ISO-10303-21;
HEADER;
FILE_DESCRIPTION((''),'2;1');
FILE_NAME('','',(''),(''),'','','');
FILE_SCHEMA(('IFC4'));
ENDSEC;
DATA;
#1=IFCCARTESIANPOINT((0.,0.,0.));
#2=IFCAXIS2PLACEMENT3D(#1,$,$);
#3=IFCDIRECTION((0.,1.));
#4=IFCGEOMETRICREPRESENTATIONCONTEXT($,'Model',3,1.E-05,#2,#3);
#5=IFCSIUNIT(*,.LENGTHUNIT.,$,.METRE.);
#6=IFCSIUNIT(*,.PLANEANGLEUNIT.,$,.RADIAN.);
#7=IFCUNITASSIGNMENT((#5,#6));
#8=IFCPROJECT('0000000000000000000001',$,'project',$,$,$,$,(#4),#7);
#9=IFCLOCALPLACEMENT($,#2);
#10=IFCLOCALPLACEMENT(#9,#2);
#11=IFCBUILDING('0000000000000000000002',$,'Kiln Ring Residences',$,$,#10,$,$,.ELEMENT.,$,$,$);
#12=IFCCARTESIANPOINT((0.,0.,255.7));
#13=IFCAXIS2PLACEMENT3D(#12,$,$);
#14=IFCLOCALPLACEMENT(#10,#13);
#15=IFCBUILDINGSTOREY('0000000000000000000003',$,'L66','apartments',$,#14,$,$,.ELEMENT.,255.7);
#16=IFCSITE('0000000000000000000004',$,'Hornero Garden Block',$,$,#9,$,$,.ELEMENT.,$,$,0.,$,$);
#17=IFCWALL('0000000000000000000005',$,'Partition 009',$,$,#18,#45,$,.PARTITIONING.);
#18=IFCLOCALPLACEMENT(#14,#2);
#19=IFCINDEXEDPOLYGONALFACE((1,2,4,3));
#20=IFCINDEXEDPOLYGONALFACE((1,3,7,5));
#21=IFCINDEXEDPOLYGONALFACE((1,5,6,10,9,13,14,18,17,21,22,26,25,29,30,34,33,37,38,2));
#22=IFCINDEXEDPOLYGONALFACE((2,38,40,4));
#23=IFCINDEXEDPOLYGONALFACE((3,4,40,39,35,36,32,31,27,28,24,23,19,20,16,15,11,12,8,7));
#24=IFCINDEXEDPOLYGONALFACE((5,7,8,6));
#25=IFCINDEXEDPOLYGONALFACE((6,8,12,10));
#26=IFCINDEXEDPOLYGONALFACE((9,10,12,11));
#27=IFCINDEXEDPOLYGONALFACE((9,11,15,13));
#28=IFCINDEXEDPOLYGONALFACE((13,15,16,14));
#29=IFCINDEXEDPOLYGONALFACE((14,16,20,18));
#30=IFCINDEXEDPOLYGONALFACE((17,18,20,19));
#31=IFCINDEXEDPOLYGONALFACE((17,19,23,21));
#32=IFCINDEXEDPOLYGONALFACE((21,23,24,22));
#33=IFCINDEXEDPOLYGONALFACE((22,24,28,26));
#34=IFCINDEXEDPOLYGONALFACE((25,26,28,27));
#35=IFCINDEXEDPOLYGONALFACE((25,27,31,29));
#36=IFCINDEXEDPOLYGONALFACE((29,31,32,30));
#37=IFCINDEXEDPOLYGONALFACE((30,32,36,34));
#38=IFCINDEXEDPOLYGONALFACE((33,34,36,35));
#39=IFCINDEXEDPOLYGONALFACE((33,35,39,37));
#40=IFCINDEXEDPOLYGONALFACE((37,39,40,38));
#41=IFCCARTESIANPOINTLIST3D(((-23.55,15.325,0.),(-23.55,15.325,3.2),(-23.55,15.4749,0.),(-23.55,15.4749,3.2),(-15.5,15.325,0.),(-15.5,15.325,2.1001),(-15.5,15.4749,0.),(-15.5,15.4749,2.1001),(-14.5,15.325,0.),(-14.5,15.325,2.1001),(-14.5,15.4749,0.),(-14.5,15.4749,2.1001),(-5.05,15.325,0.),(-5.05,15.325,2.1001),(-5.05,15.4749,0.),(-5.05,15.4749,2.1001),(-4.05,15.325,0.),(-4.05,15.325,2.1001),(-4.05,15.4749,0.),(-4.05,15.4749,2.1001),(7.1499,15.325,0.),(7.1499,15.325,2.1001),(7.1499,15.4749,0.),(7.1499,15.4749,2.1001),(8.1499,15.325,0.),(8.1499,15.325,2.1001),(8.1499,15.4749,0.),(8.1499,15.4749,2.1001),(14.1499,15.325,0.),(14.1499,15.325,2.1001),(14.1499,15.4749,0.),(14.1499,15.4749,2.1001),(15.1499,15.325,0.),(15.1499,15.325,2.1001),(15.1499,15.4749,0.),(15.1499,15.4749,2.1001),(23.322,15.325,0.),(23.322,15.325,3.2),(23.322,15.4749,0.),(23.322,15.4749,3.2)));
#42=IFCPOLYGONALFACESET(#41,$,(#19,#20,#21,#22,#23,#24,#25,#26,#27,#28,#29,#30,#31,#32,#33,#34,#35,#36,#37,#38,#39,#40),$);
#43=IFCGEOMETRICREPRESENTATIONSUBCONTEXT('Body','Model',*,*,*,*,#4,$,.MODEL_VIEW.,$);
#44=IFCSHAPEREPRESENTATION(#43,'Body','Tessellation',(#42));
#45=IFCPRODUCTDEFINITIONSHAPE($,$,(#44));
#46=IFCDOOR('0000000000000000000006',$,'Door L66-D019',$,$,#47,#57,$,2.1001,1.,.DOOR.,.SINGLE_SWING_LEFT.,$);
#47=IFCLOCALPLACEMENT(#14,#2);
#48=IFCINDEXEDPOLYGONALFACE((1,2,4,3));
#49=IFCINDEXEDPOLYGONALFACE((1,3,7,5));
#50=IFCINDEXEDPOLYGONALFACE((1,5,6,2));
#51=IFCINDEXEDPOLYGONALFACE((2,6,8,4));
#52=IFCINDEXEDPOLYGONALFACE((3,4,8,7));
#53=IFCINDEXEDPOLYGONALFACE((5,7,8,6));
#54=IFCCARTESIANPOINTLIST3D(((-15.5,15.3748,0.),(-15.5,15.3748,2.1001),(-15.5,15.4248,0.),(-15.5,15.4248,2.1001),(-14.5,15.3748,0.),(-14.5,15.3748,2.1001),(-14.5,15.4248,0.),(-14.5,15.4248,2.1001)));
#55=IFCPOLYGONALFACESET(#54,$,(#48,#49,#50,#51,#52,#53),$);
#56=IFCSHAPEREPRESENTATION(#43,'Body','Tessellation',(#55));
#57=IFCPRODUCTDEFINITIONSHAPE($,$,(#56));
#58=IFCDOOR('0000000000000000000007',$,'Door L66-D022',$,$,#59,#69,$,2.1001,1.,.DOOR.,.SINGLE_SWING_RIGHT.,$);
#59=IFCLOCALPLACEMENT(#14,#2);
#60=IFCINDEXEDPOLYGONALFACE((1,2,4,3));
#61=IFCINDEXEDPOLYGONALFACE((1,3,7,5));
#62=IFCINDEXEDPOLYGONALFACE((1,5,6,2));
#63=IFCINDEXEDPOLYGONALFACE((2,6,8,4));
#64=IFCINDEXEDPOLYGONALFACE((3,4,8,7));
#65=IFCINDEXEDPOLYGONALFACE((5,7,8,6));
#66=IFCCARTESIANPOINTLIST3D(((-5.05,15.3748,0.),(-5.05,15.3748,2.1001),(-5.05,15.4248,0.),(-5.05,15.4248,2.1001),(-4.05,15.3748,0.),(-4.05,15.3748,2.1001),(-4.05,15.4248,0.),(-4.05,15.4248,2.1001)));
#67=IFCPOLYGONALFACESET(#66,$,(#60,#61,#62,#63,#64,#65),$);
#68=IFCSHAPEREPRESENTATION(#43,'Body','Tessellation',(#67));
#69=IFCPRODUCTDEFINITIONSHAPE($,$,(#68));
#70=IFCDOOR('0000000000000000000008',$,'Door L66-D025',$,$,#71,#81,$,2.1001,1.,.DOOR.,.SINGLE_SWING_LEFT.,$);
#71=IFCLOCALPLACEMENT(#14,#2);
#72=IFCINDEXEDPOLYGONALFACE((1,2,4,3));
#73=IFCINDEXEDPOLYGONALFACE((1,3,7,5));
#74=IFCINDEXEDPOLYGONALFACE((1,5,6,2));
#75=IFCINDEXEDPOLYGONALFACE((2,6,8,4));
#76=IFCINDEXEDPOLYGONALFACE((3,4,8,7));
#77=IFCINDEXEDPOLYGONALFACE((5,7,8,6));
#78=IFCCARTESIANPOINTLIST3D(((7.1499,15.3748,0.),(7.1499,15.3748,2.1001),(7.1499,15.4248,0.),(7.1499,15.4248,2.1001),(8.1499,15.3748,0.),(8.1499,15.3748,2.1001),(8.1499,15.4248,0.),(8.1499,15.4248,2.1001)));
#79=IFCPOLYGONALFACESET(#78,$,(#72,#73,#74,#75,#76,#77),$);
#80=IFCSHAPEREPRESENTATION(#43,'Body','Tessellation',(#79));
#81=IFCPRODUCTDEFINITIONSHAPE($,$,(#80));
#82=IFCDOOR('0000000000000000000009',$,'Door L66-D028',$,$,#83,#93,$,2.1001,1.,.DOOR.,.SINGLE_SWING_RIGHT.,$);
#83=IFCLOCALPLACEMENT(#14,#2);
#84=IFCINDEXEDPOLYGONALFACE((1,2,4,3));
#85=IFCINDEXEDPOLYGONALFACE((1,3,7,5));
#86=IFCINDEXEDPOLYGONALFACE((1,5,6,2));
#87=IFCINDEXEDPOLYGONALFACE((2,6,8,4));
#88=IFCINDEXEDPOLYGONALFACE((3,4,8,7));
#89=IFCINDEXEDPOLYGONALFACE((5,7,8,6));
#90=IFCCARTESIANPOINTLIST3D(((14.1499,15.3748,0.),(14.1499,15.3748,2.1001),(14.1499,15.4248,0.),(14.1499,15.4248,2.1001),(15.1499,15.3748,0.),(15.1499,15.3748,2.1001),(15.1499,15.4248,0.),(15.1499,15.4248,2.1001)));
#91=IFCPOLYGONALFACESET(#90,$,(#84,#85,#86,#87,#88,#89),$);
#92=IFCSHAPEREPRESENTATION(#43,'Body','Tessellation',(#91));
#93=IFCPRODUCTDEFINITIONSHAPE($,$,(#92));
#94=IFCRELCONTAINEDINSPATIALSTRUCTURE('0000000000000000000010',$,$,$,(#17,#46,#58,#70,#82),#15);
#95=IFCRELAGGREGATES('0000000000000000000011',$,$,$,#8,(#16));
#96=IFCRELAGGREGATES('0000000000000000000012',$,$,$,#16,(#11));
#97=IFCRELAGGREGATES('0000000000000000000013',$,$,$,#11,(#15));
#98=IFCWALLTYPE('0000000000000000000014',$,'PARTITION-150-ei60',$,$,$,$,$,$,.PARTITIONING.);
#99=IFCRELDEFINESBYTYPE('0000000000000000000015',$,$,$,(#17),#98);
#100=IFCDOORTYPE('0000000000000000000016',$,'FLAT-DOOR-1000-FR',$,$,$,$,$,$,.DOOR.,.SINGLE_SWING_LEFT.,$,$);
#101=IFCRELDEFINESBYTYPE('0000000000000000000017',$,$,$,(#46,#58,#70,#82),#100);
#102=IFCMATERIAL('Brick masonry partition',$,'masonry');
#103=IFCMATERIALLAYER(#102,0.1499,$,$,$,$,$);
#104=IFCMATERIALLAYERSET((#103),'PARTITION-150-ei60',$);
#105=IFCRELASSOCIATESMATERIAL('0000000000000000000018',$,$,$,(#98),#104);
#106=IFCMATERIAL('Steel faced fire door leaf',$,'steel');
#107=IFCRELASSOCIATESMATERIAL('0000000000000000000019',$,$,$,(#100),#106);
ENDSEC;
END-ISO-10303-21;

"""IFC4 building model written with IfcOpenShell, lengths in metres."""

from ifc_helpers import new_model, si_unit, direction, frame, frame_2d, origin, place, context, subcontext, project, spatial, rectangle, extrude, material, layer, layer_set, type_object, element, fill, save


model = new_model("IFC4")

# Units and contexts
model_context = context("Model", 3, precision=1e-05, world=origin(), true_north=direction((0.0, 1.0)))
body_context = subcontext(model_context, "Body", "Model", "MODEL_VIEW")
ifc_project = project(units=[si_unit("LENGTHUNIT", "METRE"), si_unit("PLANEANGLEUNIT", "RADIAN")], contexts=[model_context])

# Site, building, storey
site_placement = place(None, origin())
site = spatial("IfcSite", under=ifc_project, at=site_placement, Name="Hornero Garden Block", CompositionType="ELEMENT", RefElevation=0.0)
building_placement = place(site_placement, origin())
building = spatial("IfcBuilding", under=site, at=building_placement, Name="Kiln Ring Residences", CompositionType="ELEMENT")
storey_placement = place(building_placement, frame((0.0, 0.0, 255.7)))
storey = spatial("IfcBuildingStorey", under=building, at=storey_placement, Name="L66", Description="apartments", CompositionType="ELEMENT", Elevation=255.7)

# Shared definitions
ifc_material_1 = material(Name="Brick masonry partition", Category="masonry")
ifc_layer_1 = layer(ifc_material_1, 0.1499)
ifc_layer_set_1 = layer_set([ifc_layer_1], Name="PARTITION-150-ei60")
wall_type_1 = type_object("IfcWallType", Name="PARTITION-150-ei60", PredefinedType="PARTITIONING", material=ifc_layer_set_1)
ifc_material_2 = material(Name="Steel faced fire door leaf", Category="steel")
door_type_1 = type_object("IfcDoorType", Name="FLAT-DOOR-1000-FR", OperationType="SINGLE_SWING_LEFT", PredefinedType="DOOR", material=ifc_material_2)

# Wall, openings, doors
wall_1_placement = place(storey_placement, frame((-23.55, 15.3999, 0.0), z_axis=(0.0, 0.0, 1.0), x_axis=(1.0, 0.0, 0.0)))
wall_1 = element("IfcWall", 1, at=wall_1_placement, inside=storey, type_object=wall_type_1, Name="Partition 009", PredefinedType="PARTITIONING", context=body_context, shape_type="SweptSolid", body=[
    extrude(rectangle(XDim=46.8721, YDim=0.1499, at=frame_2d((23.436, 0.0))), origin(), (0.0, 0.0, 1.0), 3.2),
])
opening_1_placement = place(wall_1_placement, frame((8.05, 0.0, 0.0)))
opening_1 = element("IfcOpeningElement", 2, at=opening_1_placement, cuts=wall_1, PredefinedType="OPENING", context=body_context, shape_type="SweptSolid", body=[
    extrude(rectangle(XDim=1.0, YDim=2.1001, at=frame_2d((0.5, 1.05))), frame((0.0, 0.085, 0.0), z_axis=(0.0, -1.0, 0.0), x_axis=(1.0, 0.0, 0.0)), (0.0, 0.0, 1.0), 0.1699),
])
opening_2_placement = place(wall_1_placement, frame((18.5, 0.0, 0.0)))
opening_2 = element("IfcOpeningElement", 3, at=opening_2_placement, cuts=wall_1, PredefinedType="OPENING", context=body_context, shape_type="SweptSolid", body=[
    extrude(rectangle(XDim=1.0, YDim=2.1001, at=frame_2d((0.5, 1.05))), frame((0.0, 0.085, 0.0), z_axis=(0.0, -1.0, 0.0), x_axis=(1.0, 0.0, 0.0)), (0.0, 0.0, 1.0), 0.1699),
])
opening_3_placement = place(wall_1_placement, frame((30.7, 0.0, 0.0)))
opening_3 = element("IfcOpeningElement", 4, at=opening_3_placement, cuts=wall_1, PredefinedType="OPENING", context=body_context, shape_type="SweptSolid", body=[
    extrude(rectangle(XDim=1.0, YDim=2.1001, at=frame_2d((0.5, 1.05))), frame((0.0, 0.085, 0.0), z_axis=(0.0, -1.0, 0.0), x_axis=(1.0, 0.0, 0.0)), (0.0, 0.0, 1.0), 0.1699),
])
opening_4_placement = place(wall_1_placement, frame((37.7, 0.0, 0.0)))
opening_4 = element("IfcOpeningElement", 5, at=opening_4_placement, cuts=wall_1, PredefinedType="OPENING", context=body_context, shape_type="SweptSolid", body=[
    extrude(rectangle(XDim=1.0, YDim=2.1001, at=frame_2d((0.5, 1.05))), frame((0.0, 0.085, 0.0), z_axis=(0.0, -1.0, 0.0), x_axis=(1.0, 0.0, 0.0)), (0.0, 0.0, 1.0), 0.1699),
])
door_1_placement = place(opening_1_placement, origin())
door_1 = element("IfcDoor", 6, at=door_1_placement, inside=storey, type_object=door_type_1, Name="Door L66-D019", OperationType="SINGLE_SWING_LEFT", OverallHeight=2.1001, OverallWidth=1.0, PredefinedType="DOOR", context=body_context, shape_type="SweptSolid", body=[
    extrude(rectangle(XDim=1.0, YDim=2.1001, at=frame_2d((0.5, 1.05))), frame((0.0, 0.0249, 0.0), z_axis=(0.0, -1.0, 0.0), x_axis=(1.0, 0.0, 0.0)), (0.0, 0.0, 1.0), 0.05),
])
fill(opening_1, door_1)
door_2_placement = place(opening_2_placement, origin())
door_2 = element("IfcDoor", 7, at=door_2_placement, inside=storey, type_object=door_type_1, Name="Door L66-D022", OperationType="SINGLE_SWING_RIGHT", OverallHeight=2.1001, OverallWidth=1.0, PredefinedType="DOOR", context=body_context, shape_type="SweptSolid", body=[
    extrude(rectangle(XDim=1.0, YDim=2.1001, at=frame_2d((0.5, 1.05))), frame((0.0, 0.0249, 0.0), z_axis=(0.0, -1.0, 0.0), x_axis=(1.0, 0.0, 0.0)), (0.0, 0.0, 1.0), 0.05),
])
fill(opening_2, door_2)
door_3_placement = place(opening_3_placement, origin())
door_3 = element("IfcDoor", 8, at=door_3_placement, inside=storey, type_object=door_type_1, Name="Door L66-D025", OperationType="SINGLE_SWING_LEFT", OverallHeight=2.1001, OverallWidth=1.0, PredefinedType="DOOR", context=body_context, shape_type="SweptSolid", body=[
    extrude(rectangle(XDim=1.0, YDim=2.1001, at=frame_2d((0.5, 1.05))), frame((0.0, 0.0249, 0.0), z_axis=(0.0, -1.0, 0.0), x_axis=(1.0, 0.0, 0.0)), (0.0, 0.0, 1.0), 0.05),
])
fill(opening_3, door_3)
door_4_placement = place(opening_4_placement, origin())
door_4 = element("IfcDoor", 9, at=door_4_placement, inside=storey, type_object=door_type_1, Name="Door L66-D028", OperationType="SINGLE_SWING_RIGHT", OverallHeight=2.1001, OverallWidth=1.0, PredefinedType="DOOR", context=body_context, shape_type="SweptSolid", body=[
    extrude(rectangle(XDim=1.0, YDim=2.1001, at=frame_2d((0.5, 1.05))), frame((0.0, 0.0249, 0.0), z_axis=(0.0, -1.0, 0.0), x_axis=(1.0, 0.0, 0.0)), (0.0, 0.0, 1.0), 0.05),
])
fill(opening_4, door_4)

save(model, "model.ifc")
